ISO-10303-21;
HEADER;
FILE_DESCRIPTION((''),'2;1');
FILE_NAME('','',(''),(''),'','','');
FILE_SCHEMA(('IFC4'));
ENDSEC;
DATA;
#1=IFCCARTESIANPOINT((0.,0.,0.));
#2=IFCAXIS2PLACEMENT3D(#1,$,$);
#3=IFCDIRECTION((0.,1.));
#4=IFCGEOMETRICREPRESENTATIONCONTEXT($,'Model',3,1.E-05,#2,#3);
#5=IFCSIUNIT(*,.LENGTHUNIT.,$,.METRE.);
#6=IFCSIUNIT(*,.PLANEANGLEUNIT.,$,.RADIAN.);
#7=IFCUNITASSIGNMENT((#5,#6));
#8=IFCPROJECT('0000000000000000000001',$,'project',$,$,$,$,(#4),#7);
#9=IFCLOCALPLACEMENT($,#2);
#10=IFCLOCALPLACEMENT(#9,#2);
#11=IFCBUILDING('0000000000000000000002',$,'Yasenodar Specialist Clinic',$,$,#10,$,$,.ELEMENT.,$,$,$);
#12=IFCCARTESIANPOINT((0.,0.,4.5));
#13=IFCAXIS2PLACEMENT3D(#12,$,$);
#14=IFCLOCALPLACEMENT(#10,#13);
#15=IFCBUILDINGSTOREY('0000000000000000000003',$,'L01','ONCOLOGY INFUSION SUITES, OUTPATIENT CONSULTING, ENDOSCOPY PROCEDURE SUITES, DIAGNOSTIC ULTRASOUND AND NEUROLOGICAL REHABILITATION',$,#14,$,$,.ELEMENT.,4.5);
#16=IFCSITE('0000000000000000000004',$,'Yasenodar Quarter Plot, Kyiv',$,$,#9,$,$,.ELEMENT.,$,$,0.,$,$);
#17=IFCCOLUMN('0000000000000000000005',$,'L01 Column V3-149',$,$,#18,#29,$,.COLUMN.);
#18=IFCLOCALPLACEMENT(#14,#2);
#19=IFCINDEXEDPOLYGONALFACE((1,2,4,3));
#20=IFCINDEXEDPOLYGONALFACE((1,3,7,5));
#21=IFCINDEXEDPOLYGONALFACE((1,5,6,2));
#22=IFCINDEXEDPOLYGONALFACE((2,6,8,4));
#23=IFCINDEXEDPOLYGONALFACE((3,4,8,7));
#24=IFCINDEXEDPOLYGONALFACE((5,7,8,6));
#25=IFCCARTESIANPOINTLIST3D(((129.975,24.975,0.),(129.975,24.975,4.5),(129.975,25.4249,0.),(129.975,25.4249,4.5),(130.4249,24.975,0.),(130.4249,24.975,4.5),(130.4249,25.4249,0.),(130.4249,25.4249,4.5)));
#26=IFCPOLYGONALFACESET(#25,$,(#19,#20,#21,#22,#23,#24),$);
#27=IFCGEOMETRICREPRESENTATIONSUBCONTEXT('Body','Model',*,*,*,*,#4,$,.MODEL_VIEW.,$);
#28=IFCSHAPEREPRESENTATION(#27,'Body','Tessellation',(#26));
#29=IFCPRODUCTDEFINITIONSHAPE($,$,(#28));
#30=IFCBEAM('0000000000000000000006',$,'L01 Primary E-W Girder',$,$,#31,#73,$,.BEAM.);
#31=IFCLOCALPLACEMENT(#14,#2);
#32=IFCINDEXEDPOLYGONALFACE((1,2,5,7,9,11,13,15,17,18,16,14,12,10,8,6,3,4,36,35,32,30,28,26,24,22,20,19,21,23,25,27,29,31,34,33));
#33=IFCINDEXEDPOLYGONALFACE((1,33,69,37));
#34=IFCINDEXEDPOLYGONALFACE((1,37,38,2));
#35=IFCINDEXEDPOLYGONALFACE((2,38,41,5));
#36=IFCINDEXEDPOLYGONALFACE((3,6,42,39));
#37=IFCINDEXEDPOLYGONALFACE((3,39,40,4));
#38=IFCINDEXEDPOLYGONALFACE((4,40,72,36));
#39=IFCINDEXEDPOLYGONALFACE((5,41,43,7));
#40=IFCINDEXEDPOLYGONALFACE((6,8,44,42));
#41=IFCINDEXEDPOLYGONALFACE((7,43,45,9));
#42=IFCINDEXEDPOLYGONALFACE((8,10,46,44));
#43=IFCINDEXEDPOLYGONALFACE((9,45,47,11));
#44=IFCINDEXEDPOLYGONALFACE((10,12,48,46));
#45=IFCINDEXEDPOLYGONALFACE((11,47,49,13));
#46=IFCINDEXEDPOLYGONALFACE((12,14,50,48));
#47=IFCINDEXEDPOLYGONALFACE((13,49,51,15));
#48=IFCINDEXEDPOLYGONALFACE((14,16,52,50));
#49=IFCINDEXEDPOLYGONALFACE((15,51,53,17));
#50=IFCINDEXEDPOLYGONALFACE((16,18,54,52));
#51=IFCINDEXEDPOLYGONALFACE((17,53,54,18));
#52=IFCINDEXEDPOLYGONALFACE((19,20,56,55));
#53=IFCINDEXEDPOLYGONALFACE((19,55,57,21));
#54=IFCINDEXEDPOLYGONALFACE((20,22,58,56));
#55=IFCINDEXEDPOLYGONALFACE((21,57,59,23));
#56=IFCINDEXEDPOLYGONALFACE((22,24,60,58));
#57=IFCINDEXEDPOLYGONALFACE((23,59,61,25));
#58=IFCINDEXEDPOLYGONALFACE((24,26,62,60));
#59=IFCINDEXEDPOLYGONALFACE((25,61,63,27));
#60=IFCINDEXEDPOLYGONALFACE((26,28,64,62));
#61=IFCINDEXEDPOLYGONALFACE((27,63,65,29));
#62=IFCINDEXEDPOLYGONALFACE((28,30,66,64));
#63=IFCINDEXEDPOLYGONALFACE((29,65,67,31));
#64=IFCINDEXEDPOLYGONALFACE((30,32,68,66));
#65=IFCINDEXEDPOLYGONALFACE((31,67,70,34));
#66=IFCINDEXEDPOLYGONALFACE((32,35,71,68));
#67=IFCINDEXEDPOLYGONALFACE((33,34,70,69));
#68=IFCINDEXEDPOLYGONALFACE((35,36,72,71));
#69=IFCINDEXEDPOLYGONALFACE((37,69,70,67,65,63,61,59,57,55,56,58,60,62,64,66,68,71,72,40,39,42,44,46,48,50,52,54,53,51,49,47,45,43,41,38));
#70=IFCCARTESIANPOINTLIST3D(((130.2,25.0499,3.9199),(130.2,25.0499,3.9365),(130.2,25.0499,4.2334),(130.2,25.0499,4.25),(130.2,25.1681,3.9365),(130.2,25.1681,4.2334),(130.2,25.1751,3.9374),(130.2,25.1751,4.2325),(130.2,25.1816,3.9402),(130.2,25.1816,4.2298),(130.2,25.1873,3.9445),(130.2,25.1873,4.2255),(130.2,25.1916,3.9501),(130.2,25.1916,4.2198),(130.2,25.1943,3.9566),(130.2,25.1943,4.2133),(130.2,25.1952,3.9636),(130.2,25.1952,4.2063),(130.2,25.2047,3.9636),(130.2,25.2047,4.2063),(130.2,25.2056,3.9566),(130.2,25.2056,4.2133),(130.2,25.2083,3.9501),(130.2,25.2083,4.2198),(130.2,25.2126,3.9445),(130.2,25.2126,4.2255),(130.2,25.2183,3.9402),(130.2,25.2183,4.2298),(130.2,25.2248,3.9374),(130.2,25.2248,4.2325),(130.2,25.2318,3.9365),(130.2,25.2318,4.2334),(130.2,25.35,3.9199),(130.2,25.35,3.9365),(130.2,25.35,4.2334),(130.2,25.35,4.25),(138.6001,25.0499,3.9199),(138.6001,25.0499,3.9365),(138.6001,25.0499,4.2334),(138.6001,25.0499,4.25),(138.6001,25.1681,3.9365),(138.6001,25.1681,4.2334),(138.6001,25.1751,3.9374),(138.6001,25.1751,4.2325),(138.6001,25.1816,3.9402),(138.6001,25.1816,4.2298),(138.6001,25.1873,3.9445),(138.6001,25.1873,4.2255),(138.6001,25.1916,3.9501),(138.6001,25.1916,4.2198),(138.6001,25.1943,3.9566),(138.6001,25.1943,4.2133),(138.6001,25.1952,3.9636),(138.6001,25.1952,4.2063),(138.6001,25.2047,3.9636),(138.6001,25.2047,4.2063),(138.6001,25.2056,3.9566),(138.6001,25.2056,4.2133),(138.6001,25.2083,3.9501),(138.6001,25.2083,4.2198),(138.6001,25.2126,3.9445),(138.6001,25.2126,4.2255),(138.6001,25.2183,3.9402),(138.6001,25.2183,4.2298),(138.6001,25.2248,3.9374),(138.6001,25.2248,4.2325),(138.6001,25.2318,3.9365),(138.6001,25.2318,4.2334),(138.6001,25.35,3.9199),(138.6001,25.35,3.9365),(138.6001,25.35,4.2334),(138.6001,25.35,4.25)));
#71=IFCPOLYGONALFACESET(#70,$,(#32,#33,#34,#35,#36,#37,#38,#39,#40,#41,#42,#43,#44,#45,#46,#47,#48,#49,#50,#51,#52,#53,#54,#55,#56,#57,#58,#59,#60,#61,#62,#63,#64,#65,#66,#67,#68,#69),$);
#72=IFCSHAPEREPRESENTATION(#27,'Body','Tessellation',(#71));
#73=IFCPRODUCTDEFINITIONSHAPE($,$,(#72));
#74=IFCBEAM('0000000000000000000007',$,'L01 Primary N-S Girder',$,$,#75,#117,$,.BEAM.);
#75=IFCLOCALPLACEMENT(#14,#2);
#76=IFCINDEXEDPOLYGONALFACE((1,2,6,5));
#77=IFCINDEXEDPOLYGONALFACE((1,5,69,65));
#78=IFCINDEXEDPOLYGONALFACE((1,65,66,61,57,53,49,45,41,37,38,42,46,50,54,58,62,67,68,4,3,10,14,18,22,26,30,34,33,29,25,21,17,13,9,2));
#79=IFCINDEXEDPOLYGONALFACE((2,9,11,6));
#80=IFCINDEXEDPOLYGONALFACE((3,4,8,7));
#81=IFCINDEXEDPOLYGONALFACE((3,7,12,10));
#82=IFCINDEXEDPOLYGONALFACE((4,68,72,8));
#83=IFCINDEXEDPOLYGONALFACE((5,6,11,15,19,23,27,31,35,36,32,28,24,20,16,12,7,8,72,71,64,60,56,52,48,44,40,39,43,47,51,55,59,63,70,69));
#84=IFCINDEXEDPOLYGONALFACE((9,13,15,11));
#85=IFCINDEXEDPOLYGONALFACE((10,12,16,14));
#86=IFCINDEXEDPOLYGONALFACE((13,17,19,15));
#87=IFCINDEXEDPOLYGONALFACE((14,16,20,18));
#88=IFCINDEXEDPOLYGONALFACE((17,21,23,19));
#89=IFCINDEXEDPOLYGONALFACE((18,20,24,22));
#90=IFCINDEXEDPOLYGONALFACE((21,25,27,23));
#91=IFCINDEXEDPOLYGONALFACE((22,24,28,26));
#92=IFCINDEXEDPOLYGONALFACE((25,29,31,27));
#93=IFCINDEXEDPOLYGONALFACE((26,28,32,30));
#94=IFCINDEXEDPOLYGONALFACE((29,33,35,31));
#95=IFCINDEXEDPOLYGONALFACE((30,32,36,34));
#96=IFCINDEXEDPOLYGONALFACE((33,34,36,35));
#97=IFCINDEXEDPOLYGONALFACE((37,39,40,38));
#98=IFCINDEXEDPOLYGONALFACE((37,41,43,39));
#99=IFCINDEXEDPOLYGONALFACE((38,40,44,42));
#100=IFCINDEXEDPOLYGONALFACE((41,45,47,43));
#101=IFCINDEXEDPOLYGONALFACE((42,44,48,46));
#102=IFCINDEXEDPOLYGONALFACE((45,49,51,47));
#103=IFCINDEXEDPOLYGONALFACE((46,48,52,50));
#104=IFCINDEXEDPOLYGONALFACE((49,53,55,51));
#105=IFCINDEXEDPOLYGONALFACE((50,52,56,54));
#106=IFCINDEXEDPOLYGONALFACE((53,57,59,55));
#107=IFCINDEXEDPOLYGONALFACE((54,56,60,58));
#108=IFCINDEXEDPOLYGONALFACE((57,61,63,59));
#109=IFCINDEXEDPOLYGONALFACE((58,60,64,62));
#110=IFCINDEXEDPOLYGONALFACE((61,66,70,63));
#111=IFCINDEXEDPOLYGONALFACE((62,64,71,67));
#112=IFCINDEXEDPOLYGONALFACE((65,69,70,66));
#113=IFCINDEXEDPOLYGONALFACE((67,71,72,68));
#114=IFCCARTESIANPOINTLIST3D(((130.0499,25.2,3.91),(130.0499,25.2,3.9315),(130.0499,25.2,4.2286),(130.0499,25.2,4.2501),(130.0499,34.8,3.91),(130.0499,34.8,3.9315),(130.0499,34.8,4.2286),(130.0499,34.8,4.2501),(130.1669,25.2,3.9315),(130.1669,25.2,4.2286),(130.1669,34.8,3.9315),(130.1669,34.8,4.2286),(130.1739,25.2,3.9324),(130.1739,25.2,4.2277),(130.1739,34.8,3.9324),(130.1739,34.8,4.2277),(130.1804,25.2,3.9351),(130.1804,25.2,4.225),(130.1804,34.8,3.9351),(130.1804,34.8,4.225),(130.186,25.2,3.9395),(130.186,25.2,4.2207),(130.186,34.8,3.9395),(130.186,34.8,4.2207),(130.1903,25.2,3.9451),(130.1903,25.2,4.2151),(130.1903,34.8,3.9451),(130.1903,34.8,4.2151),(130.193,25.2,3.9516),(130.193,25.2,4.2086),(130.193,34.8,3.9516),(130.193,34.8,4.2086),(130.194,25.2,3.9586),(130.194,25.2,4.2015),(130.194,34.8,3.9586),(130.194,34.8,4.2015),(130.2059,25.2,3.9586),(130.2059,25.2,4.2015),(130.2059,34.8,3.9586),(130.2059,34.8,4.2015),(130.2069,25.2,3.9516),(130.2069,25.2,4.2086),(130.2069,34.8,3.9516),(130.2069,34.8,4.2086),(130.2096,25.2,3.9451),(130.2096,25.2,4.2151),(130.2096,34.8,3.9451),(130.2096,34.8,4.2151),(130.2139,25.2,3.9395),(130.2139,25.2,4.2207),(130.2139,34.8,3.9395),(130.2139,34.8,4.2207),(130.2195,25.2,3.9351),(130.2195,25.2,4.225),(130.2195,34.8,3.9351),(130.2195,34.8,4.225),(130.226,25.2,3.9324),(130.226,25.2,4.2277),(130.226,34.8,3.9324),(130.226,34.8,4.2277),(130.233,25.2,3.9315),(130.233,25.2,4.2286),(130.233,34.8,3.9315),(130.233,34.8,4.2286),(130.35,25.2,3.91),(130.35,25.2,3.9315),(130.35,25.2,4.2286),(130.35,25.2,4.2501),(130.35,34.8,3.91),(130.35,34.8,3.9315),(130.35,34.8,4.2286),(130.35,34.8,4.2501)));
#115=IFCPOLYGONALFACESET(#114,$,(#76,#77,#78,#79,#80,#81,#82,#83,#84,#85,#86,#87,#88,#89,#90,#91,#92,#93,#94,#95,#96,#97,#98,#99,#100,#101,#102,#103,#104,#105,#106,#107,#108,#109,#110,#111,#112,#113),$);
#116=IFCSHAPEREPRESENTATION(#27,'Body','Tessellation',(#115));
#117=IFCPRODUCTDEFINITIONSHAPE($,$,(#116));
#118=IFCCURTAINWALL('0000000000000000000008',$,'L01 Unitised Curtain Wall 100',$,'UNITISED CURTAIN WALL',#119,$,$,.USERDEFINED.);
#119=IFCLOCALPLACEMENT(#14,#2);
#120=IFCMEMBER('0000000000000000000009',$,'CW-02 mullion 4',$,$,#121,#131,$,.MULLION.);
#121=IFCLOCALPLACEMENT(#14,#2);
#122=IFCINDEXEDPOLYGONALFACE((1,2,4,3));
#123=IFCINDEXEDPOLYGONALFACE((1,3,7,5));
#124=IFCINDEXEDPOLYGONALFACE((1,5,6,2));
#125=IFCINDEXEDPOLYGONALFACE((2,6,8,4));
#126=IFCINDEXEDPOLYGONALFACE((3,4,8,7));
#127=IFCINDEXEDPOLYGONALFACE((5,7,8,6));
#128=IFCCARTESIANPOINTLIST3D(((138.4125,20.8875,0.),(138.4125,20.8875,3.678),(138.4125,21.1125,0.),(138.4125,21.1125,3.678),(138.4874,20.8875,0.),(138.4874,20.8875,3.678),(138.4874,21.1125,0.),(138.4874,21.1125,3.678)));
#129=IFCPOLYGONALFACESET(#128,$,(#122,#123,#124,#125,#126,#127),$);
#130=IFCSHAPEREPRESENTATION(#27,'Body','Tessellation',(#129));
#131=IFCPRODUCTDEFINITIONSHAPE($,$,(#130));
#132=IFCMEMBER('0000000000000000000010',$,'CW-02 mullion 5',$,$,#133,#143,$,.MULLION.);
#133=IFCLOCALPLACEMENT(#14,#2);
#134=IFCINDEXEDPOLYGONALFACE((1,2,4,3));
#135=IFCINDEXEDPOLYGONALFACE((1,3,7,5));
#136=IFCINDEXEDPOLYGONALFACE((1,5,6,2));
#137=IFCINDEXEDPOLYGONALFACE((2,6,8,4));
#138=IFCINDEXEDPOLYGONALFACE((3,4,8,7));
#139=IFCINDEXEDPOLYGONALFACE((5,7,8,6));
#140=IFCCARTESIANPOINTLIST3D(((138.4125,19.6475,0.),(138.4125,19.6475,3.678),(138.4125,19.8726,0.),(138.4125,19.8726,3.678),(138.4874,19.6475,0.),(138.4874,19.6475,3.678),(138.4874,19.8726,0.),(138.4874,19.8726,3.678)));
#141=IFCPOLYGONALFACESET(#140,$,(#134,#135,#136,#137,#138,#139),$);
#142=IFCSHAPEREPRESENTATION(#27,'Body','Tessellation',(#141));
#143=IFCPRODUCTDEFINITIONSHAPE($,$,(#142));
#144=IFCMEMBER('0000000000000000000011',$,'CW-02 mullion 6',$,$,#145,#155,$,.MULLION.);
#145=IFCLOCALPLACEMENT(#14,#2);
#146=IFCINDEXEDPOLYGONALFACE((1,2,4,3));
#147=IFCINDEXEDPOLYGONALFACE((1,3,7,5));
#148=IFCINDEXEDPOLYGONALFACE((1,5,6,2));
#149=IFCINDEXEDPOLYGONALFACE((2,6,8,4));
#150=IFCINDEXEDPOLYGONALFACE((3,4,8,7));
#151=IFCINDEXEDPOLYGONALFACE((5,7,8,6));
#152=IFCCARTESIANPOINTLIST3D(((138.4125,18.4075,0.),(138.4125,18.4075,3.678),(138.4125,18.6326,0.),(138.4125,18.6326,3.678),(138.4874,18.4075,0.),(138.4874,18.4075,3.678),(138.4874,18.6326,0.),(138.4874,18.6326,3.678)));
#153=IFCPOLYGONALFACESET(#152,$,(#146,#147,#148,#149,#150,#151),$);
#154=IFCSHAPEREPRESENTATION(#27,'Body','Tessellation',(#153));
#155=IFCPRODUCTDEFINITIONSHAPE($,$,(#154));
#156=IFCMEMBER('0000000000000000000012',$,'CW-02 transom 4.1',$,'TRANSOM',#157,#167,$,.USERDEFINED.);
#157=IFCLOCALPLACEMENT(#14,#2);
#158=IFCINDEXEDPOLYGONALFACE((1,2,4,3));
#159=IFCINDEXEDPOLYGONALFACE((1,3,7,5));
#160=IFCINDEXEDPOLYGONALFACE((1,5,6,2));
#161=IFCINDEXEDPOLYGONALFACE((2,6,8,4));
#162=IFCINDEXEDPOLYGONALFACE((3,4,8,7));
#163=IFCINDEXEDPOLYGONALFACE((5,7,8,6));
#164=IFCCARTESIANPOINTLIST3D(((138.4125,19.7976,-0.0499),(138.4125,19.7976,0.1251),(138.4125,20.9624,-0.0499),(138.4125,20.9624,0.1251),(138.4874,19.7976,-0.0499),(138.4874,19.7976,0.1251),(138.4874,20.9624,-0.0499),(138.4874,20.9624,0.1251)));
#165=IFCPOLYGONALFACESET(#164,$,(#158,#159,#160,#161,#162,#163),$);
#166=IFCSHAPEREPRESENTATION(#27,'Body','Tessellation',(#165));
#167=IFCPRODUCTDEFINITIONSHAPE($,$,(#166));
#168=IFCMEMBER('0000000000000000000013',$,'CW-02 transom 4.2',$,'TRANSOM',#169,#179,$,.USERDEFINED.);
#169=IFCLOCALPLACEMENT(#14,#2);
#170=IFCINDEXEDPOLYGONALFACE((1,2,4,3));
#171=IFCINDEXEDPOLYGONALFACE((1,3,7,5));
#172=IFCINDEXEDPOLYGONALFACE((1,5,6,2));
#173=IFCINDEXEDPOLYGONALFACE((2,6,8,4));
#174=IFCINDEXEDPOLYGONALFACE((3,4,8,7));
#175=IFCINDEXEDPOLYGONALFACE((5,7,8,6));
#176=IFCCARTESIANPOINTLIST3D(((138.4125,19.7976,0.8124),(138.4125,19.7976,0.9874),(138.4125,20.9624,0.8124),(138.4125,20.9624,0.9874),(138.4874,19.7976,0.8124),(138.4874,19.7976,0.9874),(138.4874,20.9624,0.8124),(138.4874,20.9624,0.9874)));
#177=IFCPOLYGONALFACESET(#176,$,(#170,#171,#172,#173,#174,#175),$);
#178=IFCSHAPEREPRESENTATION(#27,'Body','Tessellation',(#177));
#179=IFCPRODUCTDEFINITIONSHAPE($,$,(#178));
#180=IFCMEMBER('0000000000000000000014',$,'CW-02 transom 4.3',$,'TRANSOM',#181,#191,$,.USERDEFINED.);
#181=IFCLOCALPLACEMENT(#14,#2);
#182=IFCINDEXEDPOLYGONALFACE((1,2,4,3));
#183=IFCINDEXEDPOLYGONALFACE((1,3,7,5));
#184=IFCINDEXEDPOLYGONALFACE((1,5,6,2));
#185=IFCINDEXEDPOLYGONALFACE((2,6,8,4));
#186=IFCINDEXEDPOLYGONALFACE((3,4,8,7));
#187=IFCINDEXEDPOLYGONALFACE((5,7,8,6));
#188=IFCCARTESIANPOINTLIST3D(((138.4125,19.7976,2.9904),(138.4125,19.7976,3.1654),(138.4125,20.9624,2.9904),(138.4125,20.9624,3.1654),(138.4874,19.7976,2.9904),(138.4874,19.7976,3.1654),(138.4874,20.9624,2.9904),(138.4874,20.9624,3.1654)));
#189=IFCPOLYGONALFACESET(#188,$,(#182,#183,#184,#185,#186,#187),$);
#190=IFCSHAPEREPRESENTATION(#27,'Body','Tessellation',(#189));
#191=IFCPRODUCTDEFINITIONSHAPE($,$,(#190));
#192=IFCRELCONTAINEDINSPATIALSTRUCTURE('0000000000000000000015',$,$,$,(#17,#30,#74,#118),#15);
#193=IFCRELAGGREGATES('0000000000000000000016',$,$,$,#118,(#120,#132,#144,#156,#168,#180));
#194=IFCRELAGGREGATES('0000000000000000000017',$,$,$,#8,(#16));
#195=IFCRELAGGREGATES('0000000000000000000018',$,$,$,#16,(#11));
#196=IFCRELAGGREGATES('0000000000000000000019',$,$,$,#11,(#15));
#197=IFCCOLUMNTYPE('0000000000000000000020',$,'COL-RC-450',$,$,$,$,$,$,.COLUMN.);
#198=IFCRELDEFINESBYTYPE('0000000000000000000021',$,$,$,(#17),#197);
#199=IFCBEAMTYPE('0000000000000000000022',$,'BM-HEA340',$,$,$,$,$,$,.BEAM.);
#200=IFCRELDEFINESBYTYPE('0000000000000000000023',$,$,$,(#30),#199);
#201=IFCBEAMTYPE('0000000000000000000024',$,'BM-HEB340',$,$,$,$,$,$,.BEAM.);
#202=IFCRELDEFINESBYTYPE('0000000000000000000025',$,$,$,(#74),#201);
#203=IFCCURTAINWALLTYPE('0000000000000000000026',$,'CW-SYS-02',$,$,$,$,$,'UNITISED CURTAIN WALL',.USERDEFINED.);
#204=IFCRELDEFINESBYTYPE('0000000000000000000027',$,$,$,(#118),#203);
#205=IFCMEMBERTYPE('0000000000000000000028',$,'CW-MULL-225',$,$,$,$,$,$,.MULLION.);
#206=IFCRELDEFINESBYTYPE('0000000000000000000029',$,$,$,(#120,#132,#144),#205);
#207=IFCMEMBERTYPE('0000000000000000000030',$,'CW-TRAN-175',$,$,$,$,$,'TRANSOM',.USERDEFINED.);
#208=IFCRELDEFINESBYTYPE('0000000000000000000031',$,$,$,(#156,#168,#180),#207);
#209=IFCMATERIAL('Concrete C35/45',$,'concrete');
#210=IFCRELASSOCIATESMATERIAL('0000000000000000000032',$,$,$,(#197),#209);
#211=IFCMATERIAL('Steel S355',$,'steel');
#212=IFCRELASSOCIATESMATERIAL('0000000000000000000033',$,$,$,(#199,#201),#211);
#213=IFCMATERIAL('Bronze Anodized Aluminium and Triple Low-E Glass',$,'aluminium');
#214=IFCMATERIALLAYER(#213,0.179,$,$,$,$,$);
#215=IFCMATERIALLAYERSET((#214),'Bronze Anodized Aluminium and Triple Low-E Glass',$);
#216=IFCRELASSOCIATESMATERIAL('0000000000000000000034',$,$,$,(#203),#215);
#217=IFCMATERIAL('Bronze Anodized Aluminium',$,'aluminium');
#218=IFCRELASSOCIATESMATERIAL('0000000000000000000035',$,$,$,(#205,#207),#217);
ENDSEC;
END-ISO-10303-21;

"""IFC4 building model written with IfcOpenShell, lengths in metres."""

from ifc_helpers import new_model, si_unit, direction, frame, origin, origin_2d, place, context, subcontext, project, spatial, rectangle, i_section, extrude, material, layer, layer_set, material_profile, profile_set, type_object, element, aggregate, save


model = new_model("IFC4")

# Units and contexts
model_context = context("Model", 3, precision=1e-05, world=origin(), true_north=direction((0.0, 1.0)))
body_context = subcontext(model_context, "Body", "Model", "MODEL_VIEW")
ifc_project = project(units=[si_unit("LENGTHUNIT", "METRE"), si_unit("PLANEANGLEUNIT", "RADIAN")], contexts=[model_context])

# Site, building, storey
site_placement = place(None, origin())
site = spatial("IfcSite", under=ifc_project, at=site_placement, Name="Yasenodar Quarter Plot, Kyiv", CompositionType="ELEMENT", RefElevation=0.0)
building_placement = place(site_placement, origin())
building = spatial("IfcBuilding", under=site, at=building_placement, Name="Yasenodar Specialist Clinic", CompositionType="ELEMENT")
storey_placement = place(building_placement, frame((0.0, 0.0, 4.5)))
storey = spatial("IfcBuildingStorey", under=building, at=storey_placement, Name="L01", Description="ONCOLOGY INFUSION SUITES, OUTPATIENT CONSULTING, ENDOSCOPY PROCEDURE SUITES, DIAGNOSTIC ULTRASOUND AND NEUROLOGICAL REHABILITATION", CompositionType="ELEMENT", Elevation=4.5)

# Column
ifc_material_1 = material(Name="Concrete C35/45", Category="concrete")
ifc_material_profile_1 = material_profile(ifc_material_1, rectangle(XDim=0.45, YDim=0.45, at=origin_2d()), Name="RC 450x450")
ifc_profile_set_1 = profile_set([ifc_material_profile_1], Name="Concrete C35/45")
column_type = type_object("IfcColumnType", Name="COL-RC-450", PredefinedType="COLUMN", material=ifc_profile_set_1)
column_placement = place(storey_placement, frame((130.2, 25.2, 0.0), z_axis=(0.0, 0.0, 1.0), x_axis=(1.0, 0.0, 0.0)))
element("IfcColumn", 1, at=column_placement, inside=storey, type_object=column_type, Name="L01 Column V3-149", PredefinedType="COLUMN", context=body_context, shape_type="SweptSolid", body=[
    extrude(rectangle(XDim=0.45, YDim=0.45, at=origin_2d()), origin(), (0.0, 0.0, 1.0), 4.5),
])

# Beams
ifc_material_2 = material(Name="Steel S355", Category="steel")
ifc_material_profile_2 = material_profile(ifc_material_2, i_section(OverallWidth=0.3, OverallDepth=0.3301, WebThickness=0.0095, FlangeThickness=0.0166, FilletRadius=0.0271, at=origin_2d()), Name="HEA 340")
ifc_profile_set_2 = profile_set([ifc_material_profile_2], Name="Steel S355")
beam_type_1 = type_object("IfcBeamType", Name="BM-HEA340", PredefinedType="BEAM", material=ifc_profile_set_2)
beam_1_placement = place(storey_placement, frame((130.2, 25.2, 4.085), z_axis=(1.0, 0.0, 0.0), x_axis=(0.0, 1.0, 0.0)))
element("IfcBeam", 2, at=beam_1_placement, inside=storey, type_object=beam_type_1, Name="L01 Primary E-W Girder", PredefinedType="BEAM", context=body_context, shape_type="SweptSolid", body=[
    extrude(i_section(OverallWidth=0.3, OverallDepth=0.3301, WebThickness=0.0095, FlangeThickness=0.0166, FilletRadius=0.0271, at=origin_2d()), origin(), (0.0, 0.0, 1.0), 8.4001),
])
ifc_material_profile_3 = material_profile(ifc_material_2, i_section(OverallWidth=0.3, OverallDepth=0.3401, WebThickness=0.012, FlangeThickness=0.0215, FilletRadius=0.0271, at=origin_2d()), Name="HEB 340")
ifc_profile_set_3 = profile_set([ifc_material_profile_3], Name="Steel S355")
beam_type_2 = type_object("IfcBeamType", Name="BM-HEB340", PredefinedType="BEAM", material=ifc_profile_set_3)
beam_2_placement = place(storey_placement, frame((130.2, 25.2, 4.0801), z_axis=(0.0, 1.0, 0.0), x_axis=(-1.0, 0.0, 0.0)))
element("IfcBeam", 3, at=beam_2_placement, inside=storey, type_object=beam_type_2, Name="L01 Primary N-S Girder", PredefinedType="BEAM", context=body_context, shape_type="SweptSolid", body=[
    extrude(i_section(OverallWidth=0.3, OverallDepth=0.3401, WebThickness=0.012, FlangeThickness=0.0215, FilletRadius=0.0271, at=origin_2d()), origin(), (0.0, 0.0, 1.0), 9.6001),
])

# Curtain wall, members
ifc_material_3 = material(Name="Bronze Anodized Aluminium and Triple Low-E Glass", Category="aluminium")
ifc_layer_1 = layer(ifc_material_3, 0.179)
ifc_layer_set_1 = layer_set([ifc_layer_1], Name="Bronze Anodized Aluminium and Triple Low-E Glass")
curtain_wall_type = type_object("IfcCurtainWallType", Name="CW-SYS-02", ElementType="UNITISED CURTAIN WALL", PredefinedType="USERDEFINED", material=ifc_layer_set_1)
curtain_wall_placement = place(storey_placement, origin())
curtain_wall = element("IfcCurtainWall", 4, at=curtain_wall_placement, inside=storey, type_object=curtain_wall_type, Name="L01 Unitised Curtain Wall 100", ObjectType="UNITISED CURTAIN WALL", PredefinedType="USERDEFINED")
ifc_material_4 = material(Name="Bronze Anodized Aluminium", Category="aluminium")
ifc_material_profile_4 = material_profile(ifc_material_4, rectangle(XDim=0.075, YDim=0.2251, at=origin_2d()), Name="CW-MULL 75x225")
ifc_profile_set_4 = profile_set([ifc_material_profile_4], Name="Bronze Anodized Aluminium")
member_type_1 = type_object("IfcMemberType", Name="CW-MULL-225", PredefinedType="MULLION", material=ifc_profile_set_4)
member_1_placement = place(storey_placement, frame((138.45, 21.0, 0.0), z_axis=(0.0, 0.0, 1.0), x_axis=(1.0, 0.0, 0.0)))
member_1 = element("IfcMember", 5, at=member_1_placement, type_object=member_type_1, Name="CW-02 mullion 4", PredefinedType="MULLION", context=body_context, shape_type="SweptSolid", body=[
    extrude(rectangle(XDim=0.075, YDim=0.2251, at=origin_2d()), origin(), (0.0, 0.0, 1.0), 3.678),
])
member_2_placement = place(storey_placement, frame((138.45, 19.76, 0.0), z_axis=(0.0, 0.0, 1.0), x_axis=(1.0, 0.0, 0.0)))
member_2 = element("IfcMember", 6, at=member_2_placement, type_object=member_type_1, Name="CW-02 mullion 5", PredefinedType="MULLION", context=body_context, shape_type="SweptSolid", body=[
    extrude(rectangle(XDim=0.075, YDim=0.2251, at=origin_2d()), origin(), (0.0, 0.0, 1.0), 3.678),
])
member_3_placement = place(storey_placement, frame((138.45, 18.52, 0.0), z_axis=(0.0, 0.0, 1.0), x_axis=(1.0, 0.0, 0.0)))
member_3 = element("IfcMember", 7, at=member_3_placement, type_object=member_type_1, Name="CW-02 mullion 6", PredefinedType="MULLION", context=body_context, shape_type="SweptSolid", body=[
    extrude(rectangle(XDim=0.075, YDim=0.2251, at=origin_2d()), origin(), (0.0, 0.0, 1.0), 3.678),
])
ifc_material_profile_5 = material_profile(ifc_material_4, rectangle(XDim=0.075, YDim=0.175, at=origin_2d()), Name="CW-TRAN 75x175")
ifc_profile_set_5 = profile_set([ifc_material_profile_5], Name="Bronze Anodized Aluminium")
member_type_2 = type_object("IfcMemberType", Name="CW-TRAN-175", ElementType="TRANSOM", PredefinedType="USERDEFINED", material=ifc_profile_set_5)
member_4_placement = place(storey_placement, frame((138.45, 20.9624, 0.0376), z_axis=(0.0, -1.0, 0.0), x_axis=(1.0, 0.0, 0.0)))
member_4 = element("IfcMember", 8, at=member_4_placement, type_object=member_type_2, Name="CW-02 transom 4.1", ObjectType="TRANSOM", PredefinedType="USERDEFINED", context=body_context, shape_type="SweptSolid", body=[
    extrude(rectangle(XDim=0.075, YDim=0.175, at=origin_2d()), origin(), (0.0, 0.0, 1.0), 1.1648),
])
member_5_placement = place(storey_placement, frame((138.45, 20.9624, 0.8999), z_axis=(0.0, -1.0, 0.0), x_axis=(1.0, 0.0, 0.0)))
member_5 = element("IfcMember", 9, at=member_5_placement, type_object=member_type_2, Name="CW-02 transom 4.2", ObjectType="TRANSOM", PredefinedType="USERDEFINED", context=body_context, shape_type="SweptSolid", body=[
    extrude(rectangle(XDim=0.075, YDim=0.175, at=origin_2d()), origin(), (0.0, 0.0, 1.0), 1.1648),
])
member_6_placement = place(storey_placement, frame((138.45, 20.9624, 3.0779), z_axis=(0.0, -1.0, 0.0), x_axis=(1.0, 0.0, 0.0)))
member_6 = element("IfcMember", 10, at=member_6_placement, type_object=member_type_2, Name="CW-02 transom 4.3", ObjectType="TRANSOM", PredefinedType="USERDEFINED", context=body_context, shape_type="SweptSolid", body=[
    extrude(rectangle(XDim=0.075, YDim=0.175, at=origin_2d()), origin(), (0.0, 0.0, 1.0), 1.1648),
])
aggregate(curtain_wall, [member_1, member_2, member_3, member_4, member_5, member_6])

save(model, "model.ifc")
